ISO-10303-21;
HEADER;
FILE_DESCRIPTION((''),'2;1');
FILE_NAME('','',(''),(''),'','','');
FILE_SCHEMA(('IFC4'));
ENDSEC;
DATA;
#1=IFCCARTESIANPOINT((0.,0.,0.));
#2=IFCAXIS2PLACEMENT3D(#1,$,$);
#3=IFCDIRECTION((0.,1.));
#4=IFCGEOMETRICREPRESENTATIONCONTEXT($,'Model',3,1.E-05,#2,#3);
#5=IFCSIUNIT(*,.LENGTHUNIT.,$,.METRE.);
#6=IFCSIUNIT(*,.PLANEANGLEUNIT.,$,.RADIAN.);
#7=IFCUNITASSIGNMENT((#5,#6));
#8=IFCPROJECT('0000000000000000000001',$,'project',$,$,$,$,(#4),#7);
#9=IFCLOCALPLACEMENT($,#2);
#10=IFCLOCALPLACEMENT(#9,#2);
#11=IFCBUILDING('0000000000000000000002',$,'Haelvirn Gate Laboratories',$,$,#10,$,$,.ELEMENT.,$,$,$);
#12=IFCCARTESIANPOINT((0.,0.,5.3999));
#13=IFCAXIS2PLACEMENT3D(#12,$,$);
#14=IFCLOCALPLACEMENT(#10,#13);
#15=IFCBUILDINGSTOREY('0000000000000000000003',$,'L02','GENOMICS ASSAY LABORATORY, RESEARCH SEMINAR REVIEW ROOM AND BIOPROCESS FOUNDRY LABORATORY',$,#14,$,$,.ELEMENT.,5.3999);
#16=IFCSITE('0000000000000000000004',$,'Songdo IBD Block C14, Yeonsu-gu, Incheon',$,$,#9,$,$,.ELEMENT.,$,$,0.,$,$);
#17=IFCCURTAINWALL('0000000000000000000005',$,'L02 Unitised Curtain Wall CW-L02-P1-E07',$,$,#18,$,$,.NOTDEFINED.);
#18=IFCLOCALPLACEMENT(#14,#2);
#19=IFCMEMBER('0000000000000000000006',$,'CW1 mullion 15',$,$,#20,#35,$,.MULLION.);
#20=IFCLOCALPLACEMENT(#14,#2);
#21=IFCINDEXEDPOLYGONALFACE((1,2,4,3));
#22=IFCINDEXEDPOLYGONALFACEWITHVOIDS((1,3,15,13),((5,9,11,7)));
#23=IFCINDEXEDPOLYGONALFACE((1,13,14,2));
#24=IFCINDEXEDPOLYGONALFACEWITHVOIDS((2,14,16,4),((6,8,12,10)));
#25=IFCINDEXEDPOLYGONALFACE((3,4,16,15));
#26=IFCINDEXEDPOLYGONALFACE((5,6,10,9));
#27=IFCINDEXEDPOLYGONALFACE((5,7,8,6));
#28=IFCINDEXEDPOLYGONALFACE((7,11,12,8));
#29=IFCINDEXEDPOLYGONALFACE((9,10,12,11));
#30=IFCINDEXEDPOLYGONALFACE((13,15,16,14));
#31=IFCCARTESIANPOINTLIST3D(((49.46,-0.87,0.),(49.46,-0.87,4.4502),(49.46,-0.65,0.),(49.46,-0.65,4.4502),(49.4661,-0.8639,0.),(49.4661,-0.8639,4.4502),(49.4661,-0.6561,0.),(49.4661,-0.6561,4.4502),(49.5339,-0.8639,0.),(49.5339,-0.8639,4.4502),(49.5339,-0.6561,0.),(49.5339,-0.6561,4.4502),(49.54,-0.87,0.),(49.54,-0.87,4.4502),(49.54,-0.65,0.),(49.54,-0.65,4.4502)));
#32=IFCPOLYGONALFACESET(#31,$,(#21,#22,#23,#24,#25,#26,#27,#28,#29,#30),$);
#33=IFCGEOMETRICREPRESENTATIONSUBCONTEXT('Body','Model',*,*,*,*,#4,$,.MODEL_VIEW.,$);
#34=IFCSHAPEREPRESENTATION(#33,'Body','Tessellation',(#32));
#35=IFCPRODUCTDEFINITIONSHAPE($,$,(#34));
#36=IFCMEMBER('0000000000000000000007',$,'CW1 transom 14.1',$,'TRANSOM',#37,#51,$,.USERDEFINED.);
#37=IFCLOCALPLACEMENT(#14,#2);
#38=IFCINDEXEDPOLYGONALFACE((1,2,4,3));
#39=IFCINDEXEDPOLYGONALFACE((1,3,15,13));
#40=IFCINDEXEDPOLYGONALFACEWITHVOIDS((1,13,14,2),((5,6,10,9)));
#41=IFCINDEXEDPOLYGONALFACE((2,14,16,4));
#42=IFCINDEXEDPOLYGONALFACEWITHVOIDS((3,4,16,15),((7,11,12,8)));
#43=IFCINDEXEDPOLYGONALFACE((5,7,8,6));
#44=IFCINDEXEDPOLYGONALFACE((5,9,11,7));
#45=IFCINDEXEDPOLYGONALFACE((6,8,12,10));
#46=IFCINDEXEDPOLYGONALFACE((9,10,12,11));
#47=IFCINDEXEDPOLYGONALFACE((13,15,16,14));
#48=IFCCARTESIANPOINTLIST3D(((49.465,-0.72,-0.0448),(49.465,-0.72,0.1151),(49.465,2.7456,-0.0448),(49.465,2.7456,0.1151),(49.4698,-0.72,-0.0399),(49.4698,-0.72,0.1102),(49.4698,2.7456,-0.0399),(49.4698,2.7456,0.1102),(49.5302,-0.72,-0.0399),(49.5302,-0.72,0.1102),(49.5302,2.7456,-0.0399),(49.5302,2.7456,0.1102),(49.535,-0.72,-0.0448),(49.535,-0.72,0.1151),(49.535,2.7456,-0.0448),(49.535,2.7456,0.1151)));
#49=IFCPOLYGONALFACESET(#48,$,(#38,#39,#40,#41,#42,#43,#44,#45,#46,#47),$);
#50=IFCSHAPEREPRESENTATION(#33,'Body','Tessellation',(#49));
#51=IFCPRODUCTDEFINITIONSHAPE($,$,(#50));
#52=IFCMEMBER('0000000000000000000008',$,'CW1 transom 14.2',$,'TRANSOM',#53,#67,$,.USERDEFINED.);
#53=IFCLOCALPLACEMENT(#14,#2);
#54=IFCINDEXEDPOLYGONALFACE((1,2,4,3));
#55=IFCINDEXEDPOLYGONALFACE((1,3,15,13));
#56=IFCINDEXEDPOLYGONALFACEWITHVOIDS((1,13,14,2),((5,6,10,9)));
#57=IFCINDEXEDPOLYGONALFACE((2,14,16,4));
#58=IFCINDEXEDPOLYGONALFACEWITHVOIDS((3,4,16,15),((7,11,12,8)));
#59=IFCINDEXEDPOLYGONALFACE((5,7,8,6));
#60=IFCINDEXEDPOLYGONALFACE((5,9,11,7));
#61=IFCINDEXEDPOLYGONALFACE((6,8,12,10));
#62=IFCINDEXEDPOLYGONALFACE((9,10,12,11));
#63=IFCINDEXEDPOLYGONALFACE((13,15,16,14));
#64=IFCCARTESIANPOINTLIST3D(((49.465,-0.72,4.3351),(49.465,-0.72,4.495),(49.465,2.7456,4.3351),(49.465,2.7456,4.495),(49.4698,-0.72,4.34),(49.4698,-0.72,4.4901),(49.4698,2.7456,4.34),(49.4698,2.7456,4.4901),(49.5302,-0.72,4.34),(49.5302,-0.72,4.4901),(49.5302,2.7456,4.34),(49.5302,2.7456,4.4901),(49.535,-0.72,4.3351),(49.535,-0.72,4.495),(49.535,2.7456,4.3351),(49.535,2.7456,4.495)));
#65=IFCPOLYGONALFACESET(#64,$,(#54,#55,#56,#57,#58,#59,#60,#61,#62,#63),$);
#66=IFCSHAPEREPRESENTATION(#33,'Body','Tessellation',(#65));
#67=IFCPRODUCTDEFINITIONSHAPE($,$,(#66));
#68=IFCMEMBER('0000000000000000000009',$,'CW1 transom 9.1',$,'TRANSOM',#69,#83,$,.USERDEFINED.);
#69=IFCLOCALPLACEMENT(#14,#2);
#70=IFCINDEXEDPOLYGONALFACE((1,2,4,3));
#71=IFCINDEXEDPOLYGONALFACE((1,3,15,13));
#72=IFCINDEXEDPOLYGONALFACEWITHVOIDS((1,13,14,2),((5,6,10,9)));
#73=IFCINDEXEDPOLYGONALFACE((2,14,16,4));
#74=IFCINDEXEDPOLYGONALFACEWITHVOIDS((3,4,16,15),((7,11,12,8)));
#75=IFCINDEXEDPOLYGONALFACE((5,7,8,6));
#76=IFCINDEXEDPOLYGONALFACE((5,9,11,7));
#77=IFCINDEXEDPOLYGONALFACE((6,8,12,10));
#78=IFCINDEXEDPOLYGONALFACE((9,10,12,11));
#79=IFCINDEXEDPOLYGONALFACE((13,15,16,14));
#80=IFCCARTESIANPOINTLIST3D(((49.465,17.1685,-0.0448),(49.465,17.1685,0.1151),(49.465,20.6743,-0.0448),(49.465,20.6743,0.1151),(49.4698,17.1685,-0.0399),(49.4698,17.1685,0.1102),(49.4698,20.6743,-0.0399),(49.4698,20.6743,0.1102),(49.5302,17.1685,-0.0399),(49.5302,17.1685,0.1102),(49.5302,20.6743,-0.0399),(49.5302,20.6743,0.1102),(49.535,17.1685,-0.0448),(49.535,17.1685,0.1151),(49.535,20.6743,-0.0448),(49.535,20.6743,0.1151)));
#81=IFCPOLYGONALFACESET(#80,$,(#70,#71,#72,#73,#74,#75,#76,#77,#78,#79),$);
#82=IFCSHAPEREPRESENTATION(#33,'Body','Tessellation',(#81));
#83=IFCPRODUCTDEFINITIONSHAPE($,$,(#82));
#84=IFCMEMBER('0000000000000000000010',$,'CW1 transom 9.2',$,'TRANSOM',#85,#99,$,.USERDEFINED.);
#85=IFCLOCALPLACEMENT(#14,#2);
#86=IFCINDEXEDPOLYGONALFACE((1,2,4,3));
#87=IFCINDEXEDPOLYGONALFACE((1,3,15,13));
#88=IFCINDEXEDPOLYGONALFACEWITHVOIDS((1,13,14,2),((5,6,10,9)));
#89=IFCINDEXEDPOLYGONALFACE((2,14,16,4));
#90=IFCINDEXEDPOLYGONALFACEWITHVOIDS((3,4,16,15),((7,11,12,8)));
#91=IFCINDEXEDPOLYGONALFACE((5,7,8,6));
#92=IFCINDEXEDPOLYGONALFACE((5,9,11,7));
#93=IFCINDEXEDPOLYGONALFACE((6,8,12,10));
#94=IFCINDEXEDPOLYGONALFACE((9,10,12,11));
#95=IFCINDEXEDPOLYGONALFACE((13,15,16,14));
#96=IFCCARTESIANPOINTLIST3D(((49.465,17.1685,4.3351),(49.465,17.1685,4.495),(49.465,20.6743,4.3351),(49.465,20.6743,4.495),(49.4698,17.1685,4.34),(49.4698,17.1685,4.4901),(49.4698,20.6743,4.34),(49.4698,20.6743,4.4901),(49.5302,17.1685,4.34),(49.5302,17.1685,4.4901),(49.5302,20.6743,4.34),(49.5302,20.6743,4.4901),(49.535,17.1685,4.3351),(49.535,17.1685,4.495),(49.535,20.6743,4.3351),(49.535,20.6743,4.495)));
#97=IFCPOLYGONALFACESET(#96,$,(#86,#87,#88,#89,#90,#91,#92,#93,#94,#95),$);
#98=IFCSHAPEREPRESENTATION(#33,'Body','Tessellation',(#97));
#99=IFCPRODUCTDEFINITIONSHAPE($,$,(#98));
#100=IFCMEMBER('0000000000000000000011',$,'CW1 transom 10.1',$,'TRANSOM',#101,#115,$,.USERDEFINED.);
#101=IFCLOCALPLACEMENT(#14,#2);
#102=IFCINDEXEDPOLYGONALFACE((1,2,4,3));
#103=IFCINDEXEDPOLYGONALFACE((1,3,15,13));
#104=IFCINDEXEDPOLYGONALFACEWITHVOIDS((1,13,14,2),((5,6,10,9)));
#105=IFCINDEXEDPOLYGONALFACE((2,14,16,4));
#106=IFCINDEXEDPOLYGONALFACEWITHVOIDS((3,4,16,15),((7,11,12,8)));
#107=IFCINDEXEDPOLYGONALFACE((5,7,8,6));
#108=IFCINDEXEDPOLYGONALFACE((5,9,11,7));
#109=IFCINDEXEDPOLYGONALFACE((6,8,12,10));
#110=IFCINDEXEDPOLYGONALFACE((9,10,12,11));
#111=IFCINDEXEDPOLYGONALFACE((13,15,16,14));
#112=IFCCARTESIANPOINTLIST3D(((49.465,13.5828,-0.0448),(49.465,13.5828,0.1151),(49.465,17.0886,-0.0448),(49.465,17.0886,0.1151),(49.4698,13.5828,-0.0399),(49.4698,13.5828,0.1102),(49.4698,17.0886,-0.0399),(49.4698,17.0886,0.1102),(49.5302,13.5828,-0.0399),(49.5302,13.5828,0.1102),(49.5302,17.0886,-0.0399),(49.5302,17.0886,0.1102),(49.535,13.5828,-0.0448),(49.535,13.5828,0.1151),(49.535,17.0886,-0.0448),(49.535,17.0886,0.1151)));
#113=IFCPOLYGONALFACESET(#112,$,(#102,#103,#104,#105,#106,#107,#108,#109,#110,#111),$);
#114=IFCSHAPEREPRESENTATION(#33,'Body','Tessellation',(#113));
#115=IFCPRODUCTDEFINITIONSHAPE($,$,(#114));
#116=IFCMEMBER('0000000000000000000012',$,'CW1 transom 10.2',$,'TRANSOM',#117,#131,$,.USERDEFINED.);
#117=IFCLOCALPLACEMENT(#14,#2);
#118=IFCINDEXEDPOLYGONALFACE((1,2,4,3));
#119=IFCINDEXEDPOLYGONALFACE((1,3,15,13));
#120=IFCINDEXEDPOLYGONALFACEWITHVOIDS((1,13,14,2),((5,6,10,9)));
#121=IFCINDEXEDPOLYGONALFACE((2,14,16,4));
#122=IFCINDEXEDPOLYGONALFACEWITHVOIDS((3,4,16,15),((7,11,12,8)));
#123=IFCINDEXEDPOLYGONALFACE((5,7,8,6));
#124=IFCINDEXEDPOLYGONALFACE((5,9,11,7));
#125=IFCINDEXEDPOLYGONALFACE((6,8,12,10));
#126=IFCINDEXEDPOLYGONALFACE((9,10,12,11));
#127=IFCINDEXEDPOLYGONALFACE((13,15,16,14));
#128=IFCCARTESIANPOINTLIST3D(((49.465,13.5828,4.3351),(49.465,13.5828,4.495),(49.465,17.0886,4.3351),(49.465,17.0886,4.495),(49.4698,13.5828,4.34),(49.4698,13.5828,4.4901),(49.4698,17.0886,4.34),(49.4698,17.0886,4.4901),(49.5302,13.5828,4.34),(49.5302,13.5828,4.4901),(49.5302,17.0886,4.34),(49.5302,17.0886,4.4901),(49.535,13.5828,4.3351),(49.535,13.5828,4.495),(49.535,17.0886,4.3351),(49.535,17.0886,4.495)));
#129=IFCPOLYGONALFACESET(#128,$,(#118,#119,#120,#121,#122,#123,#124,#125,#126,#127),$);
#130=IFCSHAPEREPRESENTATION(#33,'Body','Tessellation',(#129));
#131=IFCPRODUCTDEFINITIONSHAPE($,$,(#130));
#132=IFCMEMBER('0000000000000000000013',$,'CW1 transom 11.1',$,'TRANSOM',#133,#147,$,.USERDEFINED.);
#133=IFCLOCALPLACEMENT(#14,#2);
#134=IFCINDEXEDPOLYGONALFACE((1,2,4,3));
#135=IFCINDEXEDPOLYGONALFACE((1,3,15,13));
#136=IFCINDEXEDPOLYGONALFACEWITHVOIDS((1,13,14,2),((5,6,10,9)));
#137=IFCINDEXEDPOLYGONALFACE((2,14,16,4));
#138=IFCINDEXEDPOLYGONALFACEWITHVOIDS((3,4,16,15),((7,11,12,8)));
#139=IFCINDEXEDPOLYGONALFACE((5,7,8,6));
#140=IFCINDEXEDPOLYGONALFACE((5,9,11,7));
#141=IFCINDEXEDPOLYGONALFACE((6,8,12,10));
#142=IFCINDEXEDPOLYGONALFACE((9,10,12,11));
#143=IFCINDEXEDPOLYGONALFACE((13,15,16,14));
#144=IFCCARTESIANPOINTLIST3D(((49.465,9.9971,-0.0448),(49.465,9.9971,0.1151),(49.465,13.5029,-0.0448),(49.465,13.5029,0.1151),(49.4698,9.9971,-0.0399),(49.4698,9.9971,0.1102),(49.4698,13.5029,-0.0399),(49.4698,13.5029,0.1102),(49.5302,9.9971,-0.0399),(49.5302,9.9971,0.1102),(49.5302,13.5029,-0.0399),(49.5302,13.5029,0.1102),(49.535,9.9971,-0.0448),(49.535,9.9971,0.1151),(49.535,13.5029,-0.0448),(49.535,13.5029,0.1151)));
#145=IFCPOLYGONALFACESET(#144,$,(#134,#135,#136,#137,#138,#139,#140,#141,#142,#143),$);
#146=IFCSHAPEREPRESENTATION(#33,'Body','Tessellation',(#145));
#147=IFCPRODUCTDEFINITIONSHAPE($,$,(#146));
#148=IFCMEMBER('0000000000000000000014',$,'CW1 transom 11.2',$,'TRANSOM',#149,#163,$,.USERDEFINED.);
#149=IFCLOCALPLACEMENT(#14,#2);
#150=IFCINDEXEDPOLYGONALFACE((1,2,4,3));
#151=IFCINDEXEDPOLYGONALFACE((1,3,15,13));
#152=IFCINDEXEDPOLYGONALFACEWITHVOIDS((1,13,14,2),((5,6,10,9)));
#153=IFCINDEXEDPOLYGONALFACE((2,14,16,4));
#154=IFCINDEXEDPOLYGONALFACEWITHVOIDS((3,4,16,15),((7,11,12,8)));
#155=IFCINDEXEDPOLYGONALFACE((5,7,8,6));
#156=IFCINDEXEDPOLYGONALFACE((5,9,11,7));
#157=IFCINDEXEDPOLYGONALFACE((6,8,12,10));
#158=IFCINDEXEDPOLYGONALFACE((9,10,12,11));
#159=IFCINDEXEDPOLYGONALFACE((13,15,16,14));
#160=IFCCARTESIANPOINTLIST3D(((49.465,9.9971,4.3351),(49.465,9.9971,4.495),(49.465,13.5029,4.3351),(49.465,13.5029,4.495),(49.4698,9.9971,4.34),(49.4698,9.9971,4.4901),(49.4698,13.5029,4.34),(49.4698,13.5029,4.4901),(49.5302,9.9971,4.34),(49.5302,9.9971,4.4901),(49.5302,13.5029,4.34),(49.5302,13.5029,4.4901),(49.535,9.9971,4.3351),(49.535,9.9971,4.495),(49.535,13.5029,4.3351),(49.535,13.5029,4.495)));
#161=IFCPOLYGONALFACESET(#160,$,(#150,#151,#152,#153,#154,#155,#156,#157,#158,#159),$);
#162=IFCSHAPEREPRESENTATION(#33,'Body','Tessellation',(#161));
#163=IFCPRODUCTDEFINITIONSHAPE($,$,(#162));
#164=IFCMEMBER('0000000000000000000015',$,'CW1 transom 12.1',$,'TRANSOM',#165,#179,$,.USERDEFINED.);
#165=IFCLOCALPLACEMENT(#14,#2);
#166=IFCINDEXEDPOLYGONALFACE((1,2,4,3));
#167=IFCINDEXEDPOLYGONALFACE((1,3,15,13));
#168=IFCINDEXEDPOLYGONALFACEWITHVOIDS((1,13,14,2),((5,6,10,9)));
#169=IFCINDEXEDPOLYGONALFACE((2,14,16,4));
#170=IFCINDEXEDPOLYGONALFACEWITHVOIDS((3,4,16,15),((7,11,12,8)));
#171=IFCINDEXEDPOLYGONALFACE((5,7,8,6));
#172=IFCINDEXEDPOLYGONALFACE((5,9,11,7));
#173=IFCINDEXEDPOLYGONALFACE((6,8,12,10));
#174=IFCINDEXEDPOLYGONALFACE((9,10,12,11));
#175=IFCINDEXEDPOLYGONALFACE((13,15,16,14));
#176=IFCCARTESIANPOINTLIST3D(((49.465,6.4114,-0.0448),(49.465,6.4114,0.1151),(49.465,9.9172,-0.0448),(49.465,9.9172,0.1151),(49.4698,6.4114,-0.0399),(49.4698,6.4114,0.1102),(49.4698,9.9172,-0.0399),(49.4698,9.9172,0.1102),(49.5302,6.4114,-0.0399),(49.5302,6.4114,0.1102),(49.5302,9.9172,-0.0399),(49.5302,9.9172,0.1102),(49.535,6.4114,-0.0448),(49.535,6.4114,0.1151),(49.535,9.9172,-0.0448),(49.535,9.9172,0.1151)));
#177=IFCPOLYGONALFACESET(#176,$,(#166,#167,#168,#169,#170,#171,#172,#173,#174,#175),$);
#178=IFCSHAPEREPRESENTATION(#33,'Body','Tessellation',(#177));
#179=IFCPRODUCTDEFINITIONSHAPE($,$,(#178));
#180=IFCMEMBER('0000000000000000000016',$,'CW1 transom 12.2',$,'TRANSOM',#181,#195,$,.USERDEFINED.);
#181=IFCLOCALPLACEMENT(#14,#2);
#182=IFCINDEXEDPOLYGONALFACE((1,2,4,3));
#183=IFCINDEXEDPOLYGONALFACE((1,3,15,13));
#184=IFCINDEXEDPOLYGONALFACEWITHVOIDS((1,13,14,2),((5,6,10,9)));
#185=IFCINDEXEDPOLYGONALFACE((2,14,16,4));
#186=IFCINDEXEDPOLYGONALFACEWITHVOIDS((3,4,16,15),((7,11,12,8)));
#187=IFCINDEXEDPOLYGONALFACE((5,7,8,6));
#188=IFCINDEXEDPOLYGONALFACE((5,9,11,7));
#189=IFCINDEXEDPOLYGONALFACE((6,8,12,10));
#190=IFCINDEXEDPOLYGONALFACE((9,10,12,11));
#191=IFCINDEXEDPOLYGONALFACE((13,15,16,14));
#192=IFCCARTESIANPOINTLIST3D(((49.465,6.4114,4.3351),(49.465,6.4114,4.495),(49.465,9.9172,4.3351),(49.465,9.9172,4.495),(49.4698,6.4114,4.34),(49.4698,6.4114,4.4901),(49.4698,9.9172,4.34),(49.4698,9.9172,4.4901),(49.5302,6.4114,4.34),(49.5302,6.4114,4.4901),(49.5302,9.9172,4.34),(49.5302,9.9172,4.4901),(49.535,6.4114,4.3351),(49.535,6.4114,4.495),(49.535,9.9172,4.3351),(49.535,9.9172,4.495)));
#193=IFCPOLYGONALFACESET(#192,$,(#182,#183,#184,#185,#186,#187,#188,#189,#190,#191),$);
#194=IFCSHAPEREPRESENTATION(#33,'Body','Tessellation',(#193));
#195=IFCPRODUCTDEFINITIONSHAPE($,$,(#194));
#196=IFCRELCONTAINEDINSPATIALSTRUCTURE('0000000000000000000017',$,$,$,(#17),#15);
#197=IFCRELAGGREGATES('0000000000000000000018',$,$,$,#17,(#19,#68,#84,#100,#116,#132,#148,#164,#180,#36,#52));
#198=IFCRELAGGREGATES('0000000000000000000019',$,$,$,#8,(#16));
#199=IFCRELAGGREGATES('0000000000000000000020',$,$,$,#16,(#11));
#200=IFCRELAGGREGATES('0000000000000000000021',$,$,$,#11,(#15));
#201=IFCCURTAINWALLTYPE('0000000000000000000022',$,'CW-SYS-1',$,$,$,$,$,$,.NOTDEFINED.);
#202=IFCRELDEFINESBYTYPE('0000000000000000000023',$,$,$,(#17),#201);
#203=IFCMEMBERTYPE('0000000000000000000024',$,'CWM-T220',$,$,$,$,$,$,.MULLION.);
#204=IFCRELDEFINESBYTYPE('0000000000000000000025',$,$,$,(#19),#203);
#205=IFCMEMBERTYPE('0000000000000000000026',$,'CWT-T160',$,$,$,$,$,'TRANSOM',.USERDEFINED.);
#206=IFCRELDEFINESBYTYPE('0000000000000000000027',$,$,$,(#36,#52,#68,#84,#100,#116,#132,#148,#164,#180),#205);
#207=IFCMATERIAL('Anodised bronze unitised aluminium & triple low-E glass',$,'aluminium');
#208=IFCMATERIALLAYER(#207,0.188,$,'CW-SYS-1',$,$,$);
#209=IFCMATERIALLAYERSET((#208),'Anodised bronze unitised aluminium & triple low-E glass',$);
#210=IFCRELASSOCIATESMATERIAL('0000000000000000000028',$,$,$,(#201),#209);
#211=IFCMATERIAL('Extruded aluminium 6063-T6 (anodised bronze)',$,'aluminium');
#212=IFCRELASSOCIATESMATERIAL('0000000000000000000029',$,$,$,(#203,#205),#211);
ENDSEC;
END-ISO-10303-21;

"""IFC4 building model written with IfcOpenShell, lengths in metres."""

from ifc_helpers import new_model, si_unit, direction, frame, origin, origin_2d, place, context, subcontext, project, spatial, hollow_rectangle, extrude, source, transform, mapped, material, layer, layer_set, material_profile, profile_set, type_object, type_shapes, element, aggregate, save


model = new_model("IFC4")

# Units and contexts
model_context = context("Model", 3, precision=1e-05, world=origin(), true_north=direction((0.0, 1.0)))
body_context = subcontext(model_context, "Body", "Model", "MODEL_VIEW")
ifc_project = project(units=[si_unit("LENGTHUNIT", "METRE"), si_unit("PLANEANGLEUNIT", "RADIAN")], contexts=[model_context])

# Site, building, storey
site_placement = place(None, origin())
site = spatial("IfcSite", under=ifc_project, at=site_placement, Name="Songdo IBD Block C14, Yeonsu-gu, Incheon", CompositionType="ELEMENT", RefElevation=0.0)
building_placement = place(site_placement, origin())
building = spatial("IfcBuilding", under=site, at=building_placement, Name="Haelvirn Gate Laboratories", CompositionType="ELEMENT")
storey_placement = place(building_placement, frame((0.0, 0.0, 5.3999)))
storey = spatial("IfcBuildingStorey", under=building, at=storey_placement, Name="L02", Description="GENOMICS ASSAY LABORATORY, RESEARCH SEMINAR REVIEW ROOM AND BIOPROCESS FOUNDRY LABORATORY", CompositionType="ELEMENT", Elevation=5.3999)

# Shared definitions
ifc_material_1 = material(Name="Anodised bronze unitised aluminium & triple low-E glass", Category="aluminium")
ifc_layer_1 = layer(ifc_material_1, 0.188, Name="CW-SYS-1")
ifc_layer_set_1 = layer_set([ifc_layer_1], Name="Anodised bronze unitised aluminium & triple low-E glass")
curtain_wall_type = type_object("IfcCurtainWallType", Name="CW-SYS-1", PredefinedType="NOTDEFINED", material=ifc_layer_set_1)
ifc_material_2 = material(Name="Extruded aluminium 6063-T6 (anodised bronze)", Category="aluminium")
ifc_material_profile_1 = material_profile(ifc_material_2, hollow_rectangle(XDim=0.0801, YDim=0.22, WallThickness=0.0061, at=origin_2d()), Name="CWM-220x80x6")
ifc_profile_set_1 = profile_set([ifc_material_profile_1], Name="Extruded aluminium 6063-T6 (anodised bronze)")
member_type_1 = type_object("IfcMemberType", Name="CWM-T220", PredefinedType="MULLION", material=ifc_profile_set_1)
shared_shape_1 = source(origin(), body_context, "Body", "SweptSolid", [
    extrude(hollow_rectangle(XDim=0.0801, YDim=0.22, WallThickness=0.0061, at=origin_2d()), origin(), (0.0, 0.0, 1.0), 4.4502),
])
type_shapes(member_type_1, [shared_shape_1])

# Curtain wall, members
curtain_wall_1_placement = place(storey_placement, origin())
curtain_wall_1 = element("IfcCurtainWall", 1, at=curtain_wall_1_placement, inside=storey, type_object=curtain_wall_type, Name="L02 Unitised Curtain Wall CW-L02-P1-E07", PredefinedType="NOTDEFINED")
member_1_placement = place(storey_placement, frame((49.5, -0.76, 0.0), z_axis=(0.0, 0.0, 1.0), x_axis=(1.0, 0.0, 0.0)))
member_1 = element("IfcMember", 2, at=member_1_placement, type_object=member_type_1, Name="CW1 mullion 15", PredefinedType="MULLION", context=body_context, shape_type="MappedRepresentation", body=[
    mapped(shared_shape_1, transform((0.0, 0.0, 0.0), scale=1.0)),
])
ifc_material_profile_2 = material_profile(ifc_material_2, hollow_rectangle(XDim=0.0701, YDim=0.1599, WallThickness=0.0049, at=origin_2d()), Name="CWT-160x70x5")
ifc_profile_set_2 = profile_set([ifc_material_profile_2], Name="Extruded aluminium 6063-T6 (anodised bronze)")
member_type_2 = type_object("IfcMemberType", Name="CWT-T160", ElementType="TRANSOM", PredefinedType="USERDEFINED", material=ifc_profile_set_2)
shared_shape_2 = source(origin(), body_context, "Body", "SweptSolid", [
    extrude(hollow_rectangle(XDim=0.0701, YDim=0.1599, WallThickness=0.0049, at=origin_2d()), origin(), (0.0, 0.0, 1.0), 3.4656),
])
member_2_placement = place(storey_placement, frame((49.5, 2.7456, 0.0352), z_axis=(0.0, -1.0, 0.0), x_axis=(1.0, 0.0, 0.0)))
member_2 = element("IfcMember", 3, at=member_2_placement, type_object=member_type_2, Name="CW1 transom 14.1", ObjectType="TRANSOM", PredefinedType="USERDEFINED", context=body_context, shape_type="MappedRepresentation", body=[
    mapped(shared_shape_2, transform((0.0, 0.0, 0.0), scale=1.0)),
])
member_3_placement = place(storey_placement, frame((49.5, 2.7456, 4.415), z_axis=(0.0, -1.0, 0.0), x_axis=(1.0, 0.0, 0.0)))
member_3 = element("IfcMember", 4, at=member_3_placement, type_object=member_type_2, Name="CW1 transom 14.2", ObjectType="TRANSOM", PredefinedType="USERDEFINED", context=body_context, shape_type="MappedRepresentation", body=[
    mapped(shared_shape_2, transform((0.0, 0.0, 0.0), scale=1.0)),
])
shared_shape_3 = source(origin(), body_context, "Body", "SweptSolid", [
    extrude(hollow_rectangle(XDim=0.0701, YDim=0.1599, WallThickness=0.0049, at=origin_2d()), origin(), (0.0, 0.0, 1.0), 3.5059),
])
member_4_placement = place(storey_placement, frame((49.5, 20.6743, 0.0352), z_axis=(0.0, -1.0, 0.0), x_axis=(1.0, 0.0, 0.0)))
member_4 = element("IfcMember", 5, at=member_4_placement, type_object=member_type_2, Name="CW1 transom 9.1", ObjectType="TRANSOM", PredefinedType="USERDEFINED", context=body_context, shape_type="MappedRepresentation", body=[
    mapped(shared_shape_3, transform((0.0, 0.0, 0.0), scale=1.0)),
])
member_5_placement = place(storey_placement, frame((49.5, 20.6743, 4.415), z_axis=(0.0, -1.0, 0.0), x_axis=(1.0, 0.0, 0.0)))
member_5 = element("IfcMember", 6, at=member_5_placement, type_object=member_type_2, Name="CW1 transom 9.2", ObjectType="TRANSOM", PredefinedType="USERDEFINED", context=body_context, shape_type="MappedRepresentation", body=[
    mapped(shared_shape_3, transform((0.0, 0.0, 0.0), scale=1.0)),
])
member_6_placement = place(storey_placement, frame((49.5, 17.0886, 0.0352), z_axis=(0.0, -1.0, 0.0), x_axis=(1.0, 0.0, 0.0)))
member_6 = element("IfcMember", 7, at=member_6_placement, type_object=member_type_2, Name="CW1 transom 10.1", ObjectType="TRANSOM", PredefinedType="USERDEFINED", context=body_context, shape_type="MappedRepresentation", body=[
    mapped(shared_shape_3, transform((0.0, 0.0, 0.0), scale=1.0)),
])
member_7_placement = place(storey_placement, frame((49.5, 17.0886, 4.415), z_axis=(0.0, -1.0, 0.0), x_axis=(1.0, 0.0, 0.0)))
member_7 = element("IfcMember", 8, at=member_7_placement, type_object=member_type_2, Name="CW1 transom 10.2", ObjectType="TRANSOM", PredefinedType="USERDEFINED", context=body_context, shape_type="MappedRepresentation", body=[
    mapped(shared_shape_3, transform((0.0, 0.0, 0.0), scale=1.0)),
])
member_8_placement = place(storey_placement, frame((49.5, 13.5029, 0.0352), z_axis=(0.0, -1.0, 0.0), x_axis=(1.0, 0.0, 0.0)))
member_8 = element("IfcMember", 9, at=member_8_placement, type_object=member_type_2, Name="CW1 transom 11.1", ObjectType="TRANSOM", PredefinedType="USERDEFINED", context=body_context, shape_type="MappedRepresentation", body=[
    mapped(shared_shape_3, transform((0.0, 0.0, 0.0), scale=1.0)),
])
member_9_placement = place(storey_placement, frame((49.5, 13.5029, 4.415), z_axis=(0.0, -1.0, 0.0), x_axis=(1.0, 0.0, 0.0)))
member_9 = element("IfcMember", 10, at=member_9_placement, type_object=member_type_2, Name="CW1 transom 11.2", ObjectType="TRANSOM", PredefinedType="USERDEFINED", context=body_context, shape_type="MappedRepresentation", body=[
    mapped(shared_shape_3, transform((0.0, 0.0, 0.0), scale=1.0)),
])
member_10_placement = place(storey_placement, frame((49.5, 9.9172, 0.0352), z_axis=(0.0, -1.0, 0.0), x_axis=(1.0, 0.0, 0.0)))
member_10 = element("IfcMember", 11, at=member_10_placement, type_object=member_type_2, Name="CW1 transom 12.1", ObjectType="TRANSOM", PredefinedType="USERDEFINED", context=body_context, shape_type="MappedRepresentation", body=[
    mapped(shared_shape_3, transform((0.0, 0.0, 0.0), scale=1.0)),
])
member_11_placement = place(storey_placement, frame((49.5, 9.9172, 4.415), z_axis=(0.0, -1.0, 0.0), x_axis=(1.0, 0.0, 0.0)))
member_11 = element("IfcMember", 12, at=member_11_placement, type_object=member_type_2, Name="CW1 transom 12.2", ObjectType="TRANSOM", PredefinedType="USERDEFINED", context=body_context, shape_type="MappedRepresentation", body=[
    mapped(shared_shape_3, transform((0.0, 0.0, 0.0), scale=1.0)),
])

aggregate(curtain_wall_1, [member_1, member_4, member_5, member_6, member_7, member_8, member_9, member_10, member_11, member_2, member_3])

save(model, "model.ifc")
